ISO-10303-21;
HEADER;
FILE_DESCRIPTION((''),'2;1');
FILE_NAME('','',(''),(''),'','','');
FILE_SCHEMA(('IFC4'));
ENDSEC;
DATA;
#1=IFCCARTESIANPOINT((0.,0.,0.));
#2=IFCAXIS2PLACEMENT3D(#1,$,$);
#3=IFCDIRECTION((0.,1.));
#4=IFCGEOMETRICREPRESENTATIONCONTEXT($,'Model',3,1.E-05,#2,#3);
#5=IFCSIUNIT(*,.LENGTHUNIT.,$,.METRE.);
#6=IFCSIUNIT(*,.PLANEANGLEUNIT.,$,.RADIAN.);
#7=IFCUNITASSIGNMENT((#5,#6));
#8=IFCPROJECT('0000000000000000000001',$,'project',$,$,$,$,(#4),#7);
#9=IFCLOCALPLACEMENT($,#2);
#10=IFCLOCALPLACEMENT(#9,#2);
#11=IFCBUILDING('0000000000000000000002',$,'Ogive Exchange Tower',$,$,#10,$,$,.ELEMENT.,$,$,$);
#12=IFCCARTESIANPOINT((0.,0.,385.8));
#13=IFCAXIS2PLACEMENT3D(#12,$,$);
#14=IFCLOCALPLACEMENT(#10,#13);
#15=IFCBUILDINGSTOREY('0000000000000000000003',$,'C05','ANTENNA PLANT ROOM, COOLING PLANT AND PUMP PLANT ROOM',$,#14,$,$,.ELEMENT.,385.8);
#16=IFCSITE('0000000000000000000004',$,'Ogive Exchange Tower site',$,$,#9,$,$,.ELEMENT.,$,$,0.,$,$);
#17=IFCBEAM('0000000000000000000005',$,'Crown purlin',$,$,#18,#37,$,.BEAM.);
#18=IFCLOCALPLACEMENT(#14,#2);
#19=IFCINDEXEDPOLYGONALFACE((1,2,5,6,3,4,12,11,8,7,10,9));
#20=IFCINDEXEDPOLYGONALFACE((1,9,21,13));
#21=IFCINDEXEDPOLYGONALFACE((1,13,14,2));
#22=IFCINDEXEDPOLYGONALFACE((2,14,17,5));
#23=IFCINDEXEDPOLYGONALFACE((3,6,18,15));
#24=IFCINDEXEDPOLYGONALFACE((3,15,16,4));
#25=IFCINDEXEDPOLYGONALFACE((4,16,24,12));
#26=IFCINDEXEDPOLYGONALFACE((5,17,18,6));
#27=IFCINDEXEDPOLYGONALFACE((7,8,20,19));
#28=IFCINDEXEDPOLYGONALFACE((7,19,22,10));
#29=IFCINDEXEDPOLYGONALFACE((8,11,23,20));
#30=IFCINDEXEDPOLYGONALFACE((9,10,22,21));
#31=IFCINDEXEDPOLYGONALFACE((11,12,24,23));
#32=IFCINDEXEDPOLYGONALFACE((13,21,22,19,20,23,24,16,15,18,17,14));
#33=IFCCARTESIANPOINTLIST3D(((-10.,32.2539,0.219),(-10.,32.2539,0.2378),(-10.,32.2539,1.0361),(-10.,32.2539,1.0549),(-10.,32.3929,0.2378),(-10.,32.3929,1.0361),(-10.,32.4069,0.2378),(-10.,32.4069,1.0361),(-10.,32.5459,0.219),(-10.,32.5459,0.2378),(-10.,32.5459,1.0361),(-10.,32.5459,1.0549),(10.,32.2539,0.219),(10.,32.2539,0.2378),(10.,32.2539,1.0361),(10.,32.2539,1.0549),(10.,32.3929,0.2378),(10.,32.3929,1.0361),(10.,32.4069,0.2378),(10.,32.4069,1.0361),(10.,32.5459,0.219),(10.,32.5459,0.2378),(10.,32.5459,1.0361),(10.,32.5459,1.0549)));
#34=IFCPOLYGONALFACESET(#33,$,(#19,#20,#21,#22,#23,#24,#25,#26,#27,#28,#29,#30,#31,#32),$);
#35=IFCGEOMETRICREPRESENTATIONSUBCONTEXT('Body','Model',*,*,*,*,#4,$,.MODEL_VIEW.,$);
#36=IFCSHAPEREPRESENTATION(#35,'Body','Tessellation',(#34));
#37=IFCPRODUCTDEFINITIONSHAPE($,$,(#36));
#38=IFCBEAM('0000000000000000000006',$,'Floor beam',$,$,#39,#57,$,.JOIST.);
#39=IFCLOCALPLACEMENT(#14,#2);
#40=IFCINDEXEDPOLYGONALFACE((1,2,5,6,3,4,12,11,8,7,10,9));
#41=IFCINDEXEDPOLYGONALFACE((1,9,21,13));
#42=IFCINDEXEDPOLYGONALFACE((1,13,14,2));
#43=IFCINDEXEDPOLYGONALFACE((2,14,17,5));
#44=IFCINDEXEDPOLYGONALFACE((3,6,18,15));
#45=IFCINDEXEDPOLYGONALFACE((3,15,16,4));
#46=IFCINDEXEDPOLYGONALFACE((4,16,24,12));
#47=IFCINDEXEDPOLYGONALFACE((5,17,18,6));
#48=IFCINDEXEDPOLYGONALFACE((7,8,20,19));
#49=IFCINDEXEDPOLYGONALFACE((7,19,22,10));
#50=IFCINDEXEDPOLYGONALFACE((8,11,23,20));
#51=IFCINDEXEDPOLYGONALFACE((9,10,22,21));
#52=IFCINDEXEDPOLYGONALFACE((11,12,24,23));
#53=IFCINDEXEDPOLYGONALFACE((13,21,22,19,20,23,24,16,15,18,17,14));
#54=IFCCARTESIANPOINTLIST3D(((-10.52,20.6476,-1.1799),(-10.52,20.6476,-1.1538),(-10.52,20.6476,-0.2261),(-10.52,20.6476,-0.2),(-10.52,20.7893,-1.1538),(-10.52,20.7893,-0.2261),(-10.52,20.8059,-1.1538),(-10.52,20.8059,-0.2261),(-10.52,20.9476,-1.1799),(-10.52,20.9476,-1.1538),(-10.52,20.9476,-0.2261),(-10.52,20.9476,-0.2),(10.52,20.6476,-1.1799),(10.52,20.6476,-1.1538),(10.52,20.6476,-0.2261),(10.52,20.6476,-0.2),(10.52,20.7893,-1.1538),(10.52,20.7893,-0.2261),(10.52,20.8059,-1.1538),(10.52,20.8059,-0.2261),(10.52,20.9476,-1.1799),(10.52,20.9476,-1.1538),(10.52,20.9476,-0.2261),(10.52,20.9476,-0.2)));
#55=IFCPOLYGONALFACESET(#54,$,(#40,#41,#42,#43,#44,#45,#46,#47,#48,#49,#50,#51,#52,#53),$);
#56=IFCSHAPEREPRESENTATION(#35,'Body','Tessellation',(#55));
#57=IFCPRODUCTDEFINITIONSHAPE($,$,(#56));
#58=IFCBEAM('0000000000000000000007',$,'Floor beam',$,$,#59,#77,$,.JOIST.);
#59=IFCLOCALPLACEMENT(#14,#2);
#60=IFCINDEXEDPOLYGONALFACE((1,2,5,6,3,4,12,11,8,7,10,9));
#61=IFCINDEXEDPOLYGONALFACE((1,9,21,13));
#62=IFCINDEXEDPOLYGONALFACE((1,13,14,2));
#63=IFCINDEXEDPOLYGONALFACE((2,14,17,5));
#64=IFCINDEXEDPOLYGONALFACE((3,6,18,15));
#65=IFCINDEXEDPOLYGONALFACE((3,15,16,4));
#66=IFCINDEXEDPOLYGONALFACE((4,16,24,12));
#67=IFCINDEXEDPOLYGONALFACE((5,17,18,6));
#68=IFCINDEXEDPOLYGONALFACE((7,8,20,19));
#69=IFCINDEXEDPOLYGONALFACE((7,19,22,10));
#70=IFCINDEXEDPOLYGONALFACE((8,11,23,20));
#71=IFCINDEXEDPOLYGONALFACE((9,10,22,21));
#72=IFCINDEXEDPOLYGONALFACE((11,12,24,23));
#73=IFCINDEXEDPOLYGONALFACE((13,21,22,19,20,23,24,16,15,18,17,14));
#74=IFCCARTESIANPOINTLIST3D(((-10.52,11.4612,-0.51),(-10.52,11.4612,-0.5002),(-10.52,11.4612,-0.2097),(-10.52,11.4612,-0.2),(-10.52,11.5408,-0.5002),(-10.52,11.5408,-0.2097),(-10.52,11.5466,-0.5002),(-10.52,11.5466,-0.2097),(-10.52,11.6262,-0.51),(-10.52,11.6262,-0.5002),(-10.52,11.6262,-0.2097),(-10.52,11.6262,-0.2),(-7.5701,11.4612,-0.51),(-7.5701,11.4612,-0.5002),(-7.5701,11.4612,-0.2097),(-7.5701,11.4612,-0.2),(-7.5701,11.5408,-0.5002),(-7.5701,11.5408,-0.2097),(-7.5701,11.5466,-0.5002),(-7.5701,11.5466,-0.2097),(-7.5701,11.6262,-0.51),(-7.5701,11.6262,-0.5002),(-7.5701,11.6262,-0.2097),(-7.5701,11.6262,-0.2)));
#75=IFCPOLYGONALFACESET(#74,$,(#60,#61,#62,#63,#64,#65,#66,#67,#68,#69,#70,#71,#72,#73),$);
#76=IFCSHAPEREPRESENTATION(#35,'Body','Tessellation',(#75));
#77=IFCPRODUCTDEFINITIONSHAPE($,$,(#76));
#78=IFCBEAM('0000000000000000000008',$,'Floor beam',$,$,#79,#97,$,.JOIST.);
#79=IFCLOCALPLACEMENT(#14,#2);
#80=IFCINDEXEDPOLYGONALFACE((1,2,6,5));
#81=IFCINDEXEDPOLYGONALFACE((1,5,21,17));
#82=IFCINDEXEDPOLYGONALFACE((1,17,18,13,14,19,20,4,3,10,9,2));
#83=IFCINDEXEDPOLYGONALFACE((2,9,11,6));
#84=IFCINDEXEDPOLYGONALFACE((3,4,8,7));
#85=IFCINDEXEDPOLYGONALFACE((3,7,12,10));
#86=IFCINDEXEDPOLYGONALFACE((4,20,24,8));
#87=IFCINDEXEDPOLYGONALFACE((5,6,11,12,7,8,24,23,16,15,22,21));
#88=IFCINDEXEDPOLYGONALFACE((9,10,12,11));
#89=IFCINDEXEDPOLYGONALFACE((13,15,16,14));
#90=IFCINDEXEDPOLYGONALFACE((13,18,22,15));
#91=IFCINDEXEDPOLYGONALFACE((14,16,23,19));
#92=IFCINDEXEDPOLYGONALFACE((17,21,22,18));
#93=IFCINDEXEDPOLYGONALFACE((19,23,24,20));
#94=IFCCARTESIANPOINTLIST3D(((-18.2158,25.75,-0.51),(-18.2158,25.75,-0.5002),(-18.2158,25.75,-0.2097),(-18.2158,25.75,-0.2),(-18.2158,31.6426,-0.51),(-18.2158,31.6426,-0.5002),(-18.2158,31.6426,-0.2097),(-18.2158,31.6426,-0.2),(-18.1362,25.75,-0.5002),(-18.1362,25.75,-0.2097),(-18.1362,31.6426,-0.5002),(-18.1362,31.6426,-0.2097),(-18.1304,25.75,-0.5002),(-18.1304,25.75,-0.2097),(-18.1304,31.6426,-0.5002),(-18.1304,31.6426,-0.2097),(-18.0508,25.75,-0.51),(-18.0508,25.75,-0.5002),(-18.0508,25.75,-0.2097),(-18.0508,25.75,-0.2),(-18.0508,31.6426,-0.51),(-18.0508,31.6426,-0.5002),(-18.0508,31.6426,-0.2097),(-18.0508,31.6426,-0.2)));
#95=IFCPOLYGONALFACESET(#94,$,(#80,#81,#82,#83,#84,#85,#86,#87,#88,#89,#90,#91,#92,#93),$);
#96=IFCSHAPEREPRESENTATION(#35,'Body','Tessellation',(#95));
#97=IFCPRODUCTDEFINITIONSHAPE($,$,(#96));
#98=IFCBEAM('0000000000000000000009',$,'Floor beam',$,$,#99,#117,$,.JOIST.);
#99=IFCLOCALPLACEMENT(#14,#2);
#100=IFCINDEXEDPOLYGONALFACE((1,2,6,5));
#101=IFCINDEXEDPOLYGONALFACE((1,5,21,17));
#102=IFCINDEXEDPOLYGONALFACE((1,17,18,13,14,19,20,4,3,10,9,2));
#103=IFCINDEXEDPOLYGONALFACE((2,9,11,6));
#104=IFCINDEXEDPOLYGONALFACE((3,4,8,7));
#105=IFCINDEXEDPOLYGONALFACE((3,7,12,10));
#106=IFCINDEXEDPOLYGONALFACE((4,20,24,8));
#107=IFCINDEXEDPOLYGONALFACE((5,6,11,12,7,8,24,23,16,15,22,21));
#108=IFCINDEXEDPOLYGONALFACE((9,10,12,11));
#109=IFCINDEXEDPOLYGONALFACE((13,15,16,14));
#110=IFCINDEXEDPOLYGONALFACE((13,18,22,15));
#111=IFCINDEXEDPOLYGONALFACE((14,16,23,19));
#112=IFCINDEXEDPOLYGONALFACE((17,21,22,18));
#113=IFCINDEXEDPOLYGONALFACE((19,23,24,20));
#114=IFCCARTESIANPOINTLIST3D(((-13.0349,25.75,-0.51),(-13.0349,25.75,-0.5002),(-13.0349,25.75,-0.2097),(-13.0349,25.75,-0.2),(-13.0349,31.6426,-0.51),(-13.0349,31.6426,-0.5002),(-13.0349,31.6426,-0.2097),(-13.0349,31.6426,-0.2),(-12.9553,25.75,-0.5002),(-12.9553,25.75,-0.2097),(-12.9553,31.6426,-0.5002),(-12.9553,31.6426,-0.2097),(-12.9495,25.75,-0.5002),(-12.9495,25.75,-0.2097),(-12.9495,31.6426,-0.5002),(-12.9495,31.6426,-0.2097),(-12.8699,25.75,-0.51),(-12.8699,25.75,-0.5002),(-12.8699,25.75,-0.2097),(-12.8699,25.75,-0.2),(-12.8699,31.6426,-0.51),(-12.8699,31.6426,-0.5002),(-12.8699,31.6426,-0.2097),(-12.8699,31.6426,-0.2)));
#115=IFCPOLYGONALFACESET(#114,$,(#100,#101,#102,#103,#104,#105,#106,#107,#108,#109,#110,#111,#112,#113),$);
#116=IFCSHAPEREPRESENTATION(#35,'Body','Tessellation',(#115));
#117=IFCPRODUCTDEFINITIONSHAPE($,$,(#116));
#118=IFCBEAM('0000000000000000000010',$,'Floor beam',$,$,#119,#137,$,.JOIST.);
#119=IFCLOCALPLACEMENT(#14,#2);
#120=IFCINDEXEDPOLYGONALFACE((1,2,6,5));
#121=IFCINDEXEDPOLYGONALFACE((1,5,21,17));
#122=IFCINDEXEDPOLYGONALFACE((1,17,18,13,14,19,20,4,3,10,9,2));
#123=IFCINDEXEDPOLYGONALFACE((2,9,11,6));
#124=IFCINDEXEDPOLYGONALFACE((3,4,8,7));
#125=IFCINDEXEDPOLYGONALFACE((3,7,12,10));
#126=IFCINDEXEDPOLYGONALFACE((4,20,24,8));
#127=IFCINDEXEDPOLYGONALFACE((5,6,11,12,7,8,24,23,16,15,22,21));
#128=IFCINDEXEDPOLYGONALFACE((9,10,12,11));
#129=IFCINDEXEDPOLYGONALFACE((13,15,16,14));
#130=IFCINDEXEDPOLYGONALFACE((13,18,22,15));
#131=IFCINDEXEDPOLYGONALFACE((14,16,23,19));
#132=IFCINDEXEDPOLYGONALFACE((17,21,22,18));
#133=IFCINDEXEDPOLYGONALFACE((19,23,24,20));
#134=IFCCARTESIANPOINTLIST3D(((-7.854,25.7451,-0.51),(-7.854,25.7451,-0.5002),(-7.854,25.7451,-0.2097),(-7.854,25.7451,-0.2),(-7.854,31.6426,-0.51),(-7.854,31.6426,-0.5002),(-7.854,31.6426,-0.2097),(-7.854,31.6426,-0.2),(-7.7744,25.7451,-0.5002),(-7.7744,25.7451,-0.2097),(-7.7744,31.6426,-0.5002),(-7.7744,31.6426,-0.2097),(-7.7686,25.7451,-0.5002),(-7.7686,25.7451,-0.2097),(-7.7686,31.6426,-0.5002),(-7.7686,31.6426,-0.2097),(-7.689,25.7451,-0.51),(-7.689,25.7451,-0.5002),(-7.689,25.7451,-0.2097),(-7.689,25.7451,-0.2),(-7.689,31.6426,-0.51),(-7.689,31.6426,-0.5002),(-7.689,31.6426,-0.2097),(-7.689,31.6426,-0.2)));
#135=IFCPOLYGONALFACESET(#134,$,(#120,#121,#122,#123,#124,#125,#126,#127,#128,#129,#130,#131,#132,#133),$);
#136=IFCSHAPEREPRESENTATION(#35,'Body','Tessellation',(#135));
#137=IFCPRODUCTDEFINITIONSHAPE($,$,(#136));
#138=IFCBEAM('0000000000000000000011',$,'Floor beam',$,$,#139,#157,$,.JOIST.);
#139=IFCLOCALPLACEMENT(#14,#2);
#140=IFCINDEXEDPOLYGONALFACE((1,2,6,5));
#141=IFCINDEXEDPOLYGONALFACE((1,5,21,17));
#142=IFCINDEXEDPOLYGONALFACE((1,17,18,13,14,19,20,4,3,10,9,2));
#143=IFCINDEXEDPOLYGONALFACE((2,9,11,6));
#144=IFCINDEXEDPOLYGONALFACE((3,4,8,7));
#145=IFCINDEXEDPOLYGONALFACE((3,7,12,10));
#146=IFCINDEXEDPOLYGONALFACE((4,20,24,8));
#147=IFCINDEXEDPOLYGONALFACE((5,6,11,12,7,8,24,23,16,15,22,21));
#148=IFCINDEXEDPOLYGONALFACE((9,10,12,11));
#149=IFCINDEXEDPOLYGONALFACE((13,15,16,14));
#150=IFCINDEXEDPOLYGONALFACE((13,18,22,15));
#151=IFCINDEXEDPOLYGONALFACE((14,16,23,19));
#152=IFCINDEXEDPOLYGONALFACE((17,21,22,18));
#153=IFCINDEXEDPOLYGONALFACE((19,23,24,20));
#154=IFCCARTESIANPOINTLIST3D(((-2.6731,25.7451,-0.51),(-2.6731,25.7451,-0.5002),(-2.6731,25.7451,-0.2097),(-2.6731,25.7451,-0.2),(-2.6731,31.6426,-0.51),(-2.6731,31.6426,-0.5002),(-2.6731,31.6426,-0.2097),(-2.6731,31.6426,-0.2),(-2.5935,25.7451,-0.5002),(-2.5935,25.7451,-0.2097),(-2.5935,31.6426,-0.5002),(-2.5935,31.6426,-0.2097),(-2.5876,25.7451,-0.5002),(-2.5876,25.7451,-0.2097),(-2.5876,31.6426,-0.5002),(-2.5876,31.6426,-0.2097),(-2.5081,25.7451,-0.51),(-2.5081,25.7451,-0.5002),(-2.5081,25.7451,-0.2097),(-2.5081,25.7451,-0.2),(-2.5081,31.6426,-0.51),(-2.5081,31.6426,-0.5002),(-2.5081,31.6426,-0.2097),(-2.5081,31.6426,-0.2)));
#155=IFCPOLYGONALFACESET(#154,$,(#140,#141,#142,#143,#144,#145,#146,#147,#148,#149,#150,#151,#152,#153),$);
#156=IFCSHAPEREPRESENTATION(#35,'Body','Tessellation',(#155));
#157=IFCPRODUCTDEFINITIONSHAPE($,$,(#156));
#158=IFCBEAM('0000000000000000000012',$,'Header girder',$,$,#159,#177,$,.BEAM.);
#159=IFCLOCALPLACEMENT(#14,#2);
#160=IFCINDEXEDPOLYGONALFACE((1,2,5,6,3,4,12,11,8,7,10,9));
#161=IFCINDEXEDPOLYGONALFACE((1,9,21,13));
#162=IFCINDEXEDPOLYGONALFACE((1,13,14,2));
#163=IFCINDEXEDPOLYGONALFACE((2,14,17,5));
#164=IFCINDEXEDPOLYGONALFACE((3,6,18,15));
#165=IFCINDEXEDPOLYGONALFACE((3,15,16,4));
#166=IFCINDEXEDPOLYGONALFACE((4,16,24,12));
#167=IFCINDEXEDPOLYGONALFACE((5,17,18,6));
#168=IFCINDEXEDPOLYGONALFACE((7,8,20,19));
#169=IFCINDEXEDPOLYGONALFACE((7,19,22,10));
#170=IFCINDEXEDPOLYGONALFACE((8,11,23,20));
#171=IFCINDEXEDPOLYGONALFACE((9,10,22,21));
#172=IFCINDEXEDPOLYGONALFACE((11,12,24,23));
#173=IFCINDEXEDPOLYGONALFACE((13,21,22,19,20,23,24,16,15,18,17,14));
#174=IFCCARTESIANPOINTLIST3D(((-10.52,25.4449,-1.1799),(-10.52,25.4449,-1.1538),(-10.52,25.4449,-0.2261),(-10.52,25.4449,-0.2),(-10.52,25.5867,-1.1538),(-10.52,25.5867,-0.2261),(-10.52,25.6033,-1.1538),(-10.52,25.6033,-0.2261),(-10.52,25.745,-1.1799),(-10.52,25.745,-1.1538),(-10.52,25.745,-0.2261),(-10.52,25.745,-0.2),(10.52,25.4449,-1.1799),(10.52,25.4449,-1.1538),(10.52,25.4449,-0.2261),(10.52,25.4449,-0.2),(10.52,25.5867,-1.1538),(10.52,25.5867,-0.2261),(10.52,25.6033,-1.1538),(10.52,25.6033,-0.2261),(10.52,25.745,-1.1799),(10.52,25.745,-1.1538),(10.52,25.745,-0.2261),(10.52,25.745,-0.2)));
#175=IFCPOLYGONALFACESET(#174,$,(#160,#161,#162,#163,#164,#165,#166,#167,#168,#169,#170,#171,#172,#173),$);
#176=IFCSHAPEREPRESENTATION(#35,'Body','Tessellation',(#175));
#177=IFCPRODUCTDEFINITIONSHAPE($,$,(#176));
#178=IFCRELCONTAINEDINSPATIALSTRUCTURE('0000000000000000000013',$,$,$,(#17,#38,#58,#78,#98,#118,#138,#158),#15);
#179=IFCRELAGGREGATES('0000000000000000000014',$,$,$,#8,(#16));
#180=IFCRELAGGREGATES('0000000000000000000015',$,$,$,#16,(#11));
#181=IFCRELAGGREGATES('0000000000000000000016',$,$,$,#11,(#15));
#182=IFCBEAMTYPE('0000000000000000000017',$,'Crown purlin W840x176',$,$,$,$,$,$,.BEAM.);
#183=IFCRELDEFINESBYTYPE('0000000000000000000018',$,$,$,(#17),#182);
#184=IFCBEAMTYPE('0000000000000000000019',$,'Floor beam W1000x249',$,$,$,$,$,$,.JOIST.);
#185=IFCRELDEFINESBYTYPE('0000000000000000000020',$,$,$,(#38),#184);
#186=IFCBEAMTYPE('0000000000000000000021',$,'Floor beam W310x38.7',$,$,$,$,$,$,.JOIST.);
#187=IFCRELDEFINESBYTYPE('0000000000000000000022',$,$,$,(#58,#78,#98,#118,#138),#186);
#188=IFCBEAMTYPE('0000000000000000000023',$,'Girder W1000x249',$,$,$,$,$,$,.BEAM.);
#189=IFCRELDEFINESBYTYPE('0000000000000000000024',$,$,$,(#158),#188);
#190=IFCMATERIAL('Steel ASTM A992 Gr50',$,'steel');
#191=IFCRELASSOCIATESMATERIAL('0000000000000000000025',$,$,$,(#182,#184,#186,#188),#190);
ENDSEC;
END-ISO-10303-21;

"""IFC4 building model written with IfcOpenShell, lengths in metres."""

from ifc_helpers import new_model, si_unit, direction, frame, origin, origin_2d, place, context, subcontext, project, spatial, i_section, extrude, material, material_profile, profile_set, type_object, element, save


model = new_model("IFC4")

# Units and contexts
model_context = context("Model", 3, precision=1e-05, world=origin(), true_north=direction((0.0, 1.0)))
body_context = subcontext(model_context, "Body", "Model", "MODEL_VIEW")
ifc_project = project(units=[si_unit("LENGTHUNIT", "METRE"), si_unit("PLANEANGLEUNIT", "RADIAN")], contexts=[model_context])

# Site, building, storey
site_placement = place(None, origin())
site = spatial("IfcSite", under=ifc_project, at=site_placement, Name="Ogive Exchange Tower site", CompositionType="ELEMENT", RefElevation=0.0)
building_placement = place(site_placement, origin())
building = spatial("IfcBuilding", under=site, at=building_placement, Name="Ogive Exchange Tower", CompositionType="ELEMENT")
storey_placement = place(building_placement, frame((0.0, 0.0, 385.8)))
storey = spatial("IfcBuildingStorey", under=building, at=storey_placement, Name="C05", Description="ANTENNA PLANT ROOM, COOLING PLANT AND PUMP PLANT ROOM", CompositionType="ELEMENT", Elevation=385.8)

# Beams
ifc_material_1 = material(Name="Steel ASTM A992 Gr50", Category="steel")
ifc_material_profile_1 = material_profile(ifc_material_1, i_section(OverallWidth=0.292, OverallDepth=0.8359, WebThickness=0.0139, FlangeThickness=0.0188, at=origin_2d()), Name="W840x176")
ifc_profile_set_1 = profile_set([ifc_material_profile_1], Name="Steel ASTM A992 Gr50")
beam_type_1 = type_object("IfcBeamType", Name="Crown purlin W840x176", PredefinedType="BEAM", material=ifc_profile_set_1)
beam_1_placement = place(storey_placement, frame((-10.0, 32.3999, 0.637), z_axis=(1.0, 0.0, 0.0), x_axis=(0.0, 1.0, 0.0)))
element("IfcBeam", 1, at=beam_1_placement, inside=storey, type_object=beam_type_1, Name="Crown purlin", PredefinedType="BEAM", context=body_context, shape_type="SweptSolid", body=[
    extrude(i_section(OverallWidth=0.292, OverallDepth=0.8359, WebThickness=0.0139, FlangeThickness=0.0188, at=origin_2d()), origin(), (0.0, 0.0, 1.0), 20.0),
])
ifc_material_profile_2 = material_profile(ifc_material_1, i_section(OverallWidth=0.3, OverallDepth=0.98, WebThickness=0.0166, FlangeThickness=0.0261, at=origin_2d()), Name="W1000x249")
ifc_profile_set_2 = profile_set([ifc_material_profile_2], Name="Steel ASTM A992 Gr50")
beam_type_2 = type_object("IfcBeamType", Name="Floor beam W1000x249", PredefinedType="JOIST", material=ifc_profile_set_2)
beam_2_placement = place(storey_placement, frame((-10.52, 20.7976, -0.6899), z_axis=(1.0, 0.0, 0.0), x_axis=(0.0, 1.0, 0.0)))
element("IfcBeam", 2, at=beam_2_placement, inside=storey, type_object=beam_type_2, Name="Floor beam", PredefinedType="JOIST", context=body_context, shape_type="SweptSolid", body=[
    extrude(i_section(OverallWidth=0.3, OverallDepth=0.98, WebThickness=0.0166, FlangeThickness=0.0261, at=origin_2d()), origin(), (0.0, 0.0, 1.0), 21.04),
])
ifc_material_profile_3 = material_profile(ifc_material_1, i_section(OverallWidth=0.165, OverallDepth=0.3101, WebThickness=0.0059, FlangeThickness=0.0098, at=origin_2d()), Name="W310x38.7")
ifc_profile_set_3 = profile_set([ifc_material_profile_3], Name="Steel ASTM A992 Gr50")
beam_type_3 = type_object("IfcBeamType", Name="Floor beam W310x38.7", PredefinedType="JOIST", material=ifc_profile_set_3)
beam_3_placement = place(storey_placement, frame((-10.52, 11.5437, -0.355), z_axis=(1.0, 0.0, 0.0), x_axis=(0.0, 1.0, 0.0)))
element("IfcBeam", 3, at=beam_3_placement, inside=storey, type_object=beam_type_3, Name="Floor beam", PredefinedType="JOIST", context=body_context, shape_type="SweptSolid", body=[
    extrude(i_section(OverallWidth=0.165, OverallDepth=0.3101, WebThickness=0.0059, FlangeThickness=0.0098, at=origin_2d()), origin(), (0.0, 0.0, 1.0), 2.95),
])
for number, where, z_axis, x_axis, name in (
    (4, (-18.1333, 25.75, -0.355), (0.0, 1.0, 0.0), (-1.0, 0.0, 0.0), "Floor beam"),
    (5, (-12.9524, 25.75, -0.355), (0.0, 1.0, 0.0), (-1.0, 0.0, 0.0), "Floor beam"),
):
    element("IfcBeam", number, at=place(storey_placement, frame(where, z_axis=z_axis, x_axis=x_axis)), inside=storey, type_object=beam_type_3, Name=name, PredefinedType="JOIST", context=body_context, shape_type="SweptSolid", body=[
        extrude(i_section(OverallWidth=0.165, OverallDepth=0.3101, WebThickness=0.0059, FlangeThickness=0.0098, at=origin_2d()), origin(), (0.0, 0.0, 1.0), 5.8926),
    ])
for number, where, z_axis, x_axis, name in (
    (6, (-7.7715, 25.7451, -0.355), (0.0, 1.0, 0.0), (-1.0, 0.0, 0.0), "Floor beam"),
    (7, (-2.5906, 25.7451, -0.355), (0.0, 1.0, 0.0), (-1.0, 0.0, 0.0), "Floor beam"),
):
    element("IfcBeam", number, at=place(storey_placement, frame(where, z_axis=z_axis, x_axis=x_axis)), inside=storey, type_object=beam_type_3, Name=name, PredefinedType="JOIST", context=body_context, shape_type="SweptSolid", body=[
        extrude(i_section(OverallWidth=0.165, OverallDepth=0.3101, WebThickness=0.0059, FlangeThickness=0.0098, at=origin_2d()), origin(), (0.0, 0.0, 1.0), 5.8975),
    ])
ifc_material_profile_4 = material_profile(ifc_material_1, i_section(OverallWidth=0.3, OverallDepth=0.98, WebThickness=0.0166, FlangeThickness=0.0261, at=origin_2d()), Name="W1000x249")
ifc_profile_set_4 = profile_set([ifc_material_profile_4], Name="Steel ASTM A992 Gr50")
beam_type_4 = type_object("IfcBeamType", Name="Girder W1000x249", PredefinedType="BEAM", material=ifc_profile_set_4)
beam_4_placement = place(storey_placement, frame((-10.52, 25.595, -0.6899), z_axis=(1.0, 0.0, 0.0), x_axis=(0.0, 1.0, 0.0)))
element("IfcBeam", 8, at=beam_4_placement, inside=storey, type_object=beam_type_4, Name="Header girder", PredefinedType="BEAM", context=body_context, shape_type="SweptSolid", body=[
    extrude(i_section(OverallWidth=0.3, OverallDepth=0.98, WebThickness=0.0166, FlangeThickness=0.0261, at=origin_2d()), origin(), (0.0, 0.0, 1.0), 21.04),
])

save(model, "model.ifc")
